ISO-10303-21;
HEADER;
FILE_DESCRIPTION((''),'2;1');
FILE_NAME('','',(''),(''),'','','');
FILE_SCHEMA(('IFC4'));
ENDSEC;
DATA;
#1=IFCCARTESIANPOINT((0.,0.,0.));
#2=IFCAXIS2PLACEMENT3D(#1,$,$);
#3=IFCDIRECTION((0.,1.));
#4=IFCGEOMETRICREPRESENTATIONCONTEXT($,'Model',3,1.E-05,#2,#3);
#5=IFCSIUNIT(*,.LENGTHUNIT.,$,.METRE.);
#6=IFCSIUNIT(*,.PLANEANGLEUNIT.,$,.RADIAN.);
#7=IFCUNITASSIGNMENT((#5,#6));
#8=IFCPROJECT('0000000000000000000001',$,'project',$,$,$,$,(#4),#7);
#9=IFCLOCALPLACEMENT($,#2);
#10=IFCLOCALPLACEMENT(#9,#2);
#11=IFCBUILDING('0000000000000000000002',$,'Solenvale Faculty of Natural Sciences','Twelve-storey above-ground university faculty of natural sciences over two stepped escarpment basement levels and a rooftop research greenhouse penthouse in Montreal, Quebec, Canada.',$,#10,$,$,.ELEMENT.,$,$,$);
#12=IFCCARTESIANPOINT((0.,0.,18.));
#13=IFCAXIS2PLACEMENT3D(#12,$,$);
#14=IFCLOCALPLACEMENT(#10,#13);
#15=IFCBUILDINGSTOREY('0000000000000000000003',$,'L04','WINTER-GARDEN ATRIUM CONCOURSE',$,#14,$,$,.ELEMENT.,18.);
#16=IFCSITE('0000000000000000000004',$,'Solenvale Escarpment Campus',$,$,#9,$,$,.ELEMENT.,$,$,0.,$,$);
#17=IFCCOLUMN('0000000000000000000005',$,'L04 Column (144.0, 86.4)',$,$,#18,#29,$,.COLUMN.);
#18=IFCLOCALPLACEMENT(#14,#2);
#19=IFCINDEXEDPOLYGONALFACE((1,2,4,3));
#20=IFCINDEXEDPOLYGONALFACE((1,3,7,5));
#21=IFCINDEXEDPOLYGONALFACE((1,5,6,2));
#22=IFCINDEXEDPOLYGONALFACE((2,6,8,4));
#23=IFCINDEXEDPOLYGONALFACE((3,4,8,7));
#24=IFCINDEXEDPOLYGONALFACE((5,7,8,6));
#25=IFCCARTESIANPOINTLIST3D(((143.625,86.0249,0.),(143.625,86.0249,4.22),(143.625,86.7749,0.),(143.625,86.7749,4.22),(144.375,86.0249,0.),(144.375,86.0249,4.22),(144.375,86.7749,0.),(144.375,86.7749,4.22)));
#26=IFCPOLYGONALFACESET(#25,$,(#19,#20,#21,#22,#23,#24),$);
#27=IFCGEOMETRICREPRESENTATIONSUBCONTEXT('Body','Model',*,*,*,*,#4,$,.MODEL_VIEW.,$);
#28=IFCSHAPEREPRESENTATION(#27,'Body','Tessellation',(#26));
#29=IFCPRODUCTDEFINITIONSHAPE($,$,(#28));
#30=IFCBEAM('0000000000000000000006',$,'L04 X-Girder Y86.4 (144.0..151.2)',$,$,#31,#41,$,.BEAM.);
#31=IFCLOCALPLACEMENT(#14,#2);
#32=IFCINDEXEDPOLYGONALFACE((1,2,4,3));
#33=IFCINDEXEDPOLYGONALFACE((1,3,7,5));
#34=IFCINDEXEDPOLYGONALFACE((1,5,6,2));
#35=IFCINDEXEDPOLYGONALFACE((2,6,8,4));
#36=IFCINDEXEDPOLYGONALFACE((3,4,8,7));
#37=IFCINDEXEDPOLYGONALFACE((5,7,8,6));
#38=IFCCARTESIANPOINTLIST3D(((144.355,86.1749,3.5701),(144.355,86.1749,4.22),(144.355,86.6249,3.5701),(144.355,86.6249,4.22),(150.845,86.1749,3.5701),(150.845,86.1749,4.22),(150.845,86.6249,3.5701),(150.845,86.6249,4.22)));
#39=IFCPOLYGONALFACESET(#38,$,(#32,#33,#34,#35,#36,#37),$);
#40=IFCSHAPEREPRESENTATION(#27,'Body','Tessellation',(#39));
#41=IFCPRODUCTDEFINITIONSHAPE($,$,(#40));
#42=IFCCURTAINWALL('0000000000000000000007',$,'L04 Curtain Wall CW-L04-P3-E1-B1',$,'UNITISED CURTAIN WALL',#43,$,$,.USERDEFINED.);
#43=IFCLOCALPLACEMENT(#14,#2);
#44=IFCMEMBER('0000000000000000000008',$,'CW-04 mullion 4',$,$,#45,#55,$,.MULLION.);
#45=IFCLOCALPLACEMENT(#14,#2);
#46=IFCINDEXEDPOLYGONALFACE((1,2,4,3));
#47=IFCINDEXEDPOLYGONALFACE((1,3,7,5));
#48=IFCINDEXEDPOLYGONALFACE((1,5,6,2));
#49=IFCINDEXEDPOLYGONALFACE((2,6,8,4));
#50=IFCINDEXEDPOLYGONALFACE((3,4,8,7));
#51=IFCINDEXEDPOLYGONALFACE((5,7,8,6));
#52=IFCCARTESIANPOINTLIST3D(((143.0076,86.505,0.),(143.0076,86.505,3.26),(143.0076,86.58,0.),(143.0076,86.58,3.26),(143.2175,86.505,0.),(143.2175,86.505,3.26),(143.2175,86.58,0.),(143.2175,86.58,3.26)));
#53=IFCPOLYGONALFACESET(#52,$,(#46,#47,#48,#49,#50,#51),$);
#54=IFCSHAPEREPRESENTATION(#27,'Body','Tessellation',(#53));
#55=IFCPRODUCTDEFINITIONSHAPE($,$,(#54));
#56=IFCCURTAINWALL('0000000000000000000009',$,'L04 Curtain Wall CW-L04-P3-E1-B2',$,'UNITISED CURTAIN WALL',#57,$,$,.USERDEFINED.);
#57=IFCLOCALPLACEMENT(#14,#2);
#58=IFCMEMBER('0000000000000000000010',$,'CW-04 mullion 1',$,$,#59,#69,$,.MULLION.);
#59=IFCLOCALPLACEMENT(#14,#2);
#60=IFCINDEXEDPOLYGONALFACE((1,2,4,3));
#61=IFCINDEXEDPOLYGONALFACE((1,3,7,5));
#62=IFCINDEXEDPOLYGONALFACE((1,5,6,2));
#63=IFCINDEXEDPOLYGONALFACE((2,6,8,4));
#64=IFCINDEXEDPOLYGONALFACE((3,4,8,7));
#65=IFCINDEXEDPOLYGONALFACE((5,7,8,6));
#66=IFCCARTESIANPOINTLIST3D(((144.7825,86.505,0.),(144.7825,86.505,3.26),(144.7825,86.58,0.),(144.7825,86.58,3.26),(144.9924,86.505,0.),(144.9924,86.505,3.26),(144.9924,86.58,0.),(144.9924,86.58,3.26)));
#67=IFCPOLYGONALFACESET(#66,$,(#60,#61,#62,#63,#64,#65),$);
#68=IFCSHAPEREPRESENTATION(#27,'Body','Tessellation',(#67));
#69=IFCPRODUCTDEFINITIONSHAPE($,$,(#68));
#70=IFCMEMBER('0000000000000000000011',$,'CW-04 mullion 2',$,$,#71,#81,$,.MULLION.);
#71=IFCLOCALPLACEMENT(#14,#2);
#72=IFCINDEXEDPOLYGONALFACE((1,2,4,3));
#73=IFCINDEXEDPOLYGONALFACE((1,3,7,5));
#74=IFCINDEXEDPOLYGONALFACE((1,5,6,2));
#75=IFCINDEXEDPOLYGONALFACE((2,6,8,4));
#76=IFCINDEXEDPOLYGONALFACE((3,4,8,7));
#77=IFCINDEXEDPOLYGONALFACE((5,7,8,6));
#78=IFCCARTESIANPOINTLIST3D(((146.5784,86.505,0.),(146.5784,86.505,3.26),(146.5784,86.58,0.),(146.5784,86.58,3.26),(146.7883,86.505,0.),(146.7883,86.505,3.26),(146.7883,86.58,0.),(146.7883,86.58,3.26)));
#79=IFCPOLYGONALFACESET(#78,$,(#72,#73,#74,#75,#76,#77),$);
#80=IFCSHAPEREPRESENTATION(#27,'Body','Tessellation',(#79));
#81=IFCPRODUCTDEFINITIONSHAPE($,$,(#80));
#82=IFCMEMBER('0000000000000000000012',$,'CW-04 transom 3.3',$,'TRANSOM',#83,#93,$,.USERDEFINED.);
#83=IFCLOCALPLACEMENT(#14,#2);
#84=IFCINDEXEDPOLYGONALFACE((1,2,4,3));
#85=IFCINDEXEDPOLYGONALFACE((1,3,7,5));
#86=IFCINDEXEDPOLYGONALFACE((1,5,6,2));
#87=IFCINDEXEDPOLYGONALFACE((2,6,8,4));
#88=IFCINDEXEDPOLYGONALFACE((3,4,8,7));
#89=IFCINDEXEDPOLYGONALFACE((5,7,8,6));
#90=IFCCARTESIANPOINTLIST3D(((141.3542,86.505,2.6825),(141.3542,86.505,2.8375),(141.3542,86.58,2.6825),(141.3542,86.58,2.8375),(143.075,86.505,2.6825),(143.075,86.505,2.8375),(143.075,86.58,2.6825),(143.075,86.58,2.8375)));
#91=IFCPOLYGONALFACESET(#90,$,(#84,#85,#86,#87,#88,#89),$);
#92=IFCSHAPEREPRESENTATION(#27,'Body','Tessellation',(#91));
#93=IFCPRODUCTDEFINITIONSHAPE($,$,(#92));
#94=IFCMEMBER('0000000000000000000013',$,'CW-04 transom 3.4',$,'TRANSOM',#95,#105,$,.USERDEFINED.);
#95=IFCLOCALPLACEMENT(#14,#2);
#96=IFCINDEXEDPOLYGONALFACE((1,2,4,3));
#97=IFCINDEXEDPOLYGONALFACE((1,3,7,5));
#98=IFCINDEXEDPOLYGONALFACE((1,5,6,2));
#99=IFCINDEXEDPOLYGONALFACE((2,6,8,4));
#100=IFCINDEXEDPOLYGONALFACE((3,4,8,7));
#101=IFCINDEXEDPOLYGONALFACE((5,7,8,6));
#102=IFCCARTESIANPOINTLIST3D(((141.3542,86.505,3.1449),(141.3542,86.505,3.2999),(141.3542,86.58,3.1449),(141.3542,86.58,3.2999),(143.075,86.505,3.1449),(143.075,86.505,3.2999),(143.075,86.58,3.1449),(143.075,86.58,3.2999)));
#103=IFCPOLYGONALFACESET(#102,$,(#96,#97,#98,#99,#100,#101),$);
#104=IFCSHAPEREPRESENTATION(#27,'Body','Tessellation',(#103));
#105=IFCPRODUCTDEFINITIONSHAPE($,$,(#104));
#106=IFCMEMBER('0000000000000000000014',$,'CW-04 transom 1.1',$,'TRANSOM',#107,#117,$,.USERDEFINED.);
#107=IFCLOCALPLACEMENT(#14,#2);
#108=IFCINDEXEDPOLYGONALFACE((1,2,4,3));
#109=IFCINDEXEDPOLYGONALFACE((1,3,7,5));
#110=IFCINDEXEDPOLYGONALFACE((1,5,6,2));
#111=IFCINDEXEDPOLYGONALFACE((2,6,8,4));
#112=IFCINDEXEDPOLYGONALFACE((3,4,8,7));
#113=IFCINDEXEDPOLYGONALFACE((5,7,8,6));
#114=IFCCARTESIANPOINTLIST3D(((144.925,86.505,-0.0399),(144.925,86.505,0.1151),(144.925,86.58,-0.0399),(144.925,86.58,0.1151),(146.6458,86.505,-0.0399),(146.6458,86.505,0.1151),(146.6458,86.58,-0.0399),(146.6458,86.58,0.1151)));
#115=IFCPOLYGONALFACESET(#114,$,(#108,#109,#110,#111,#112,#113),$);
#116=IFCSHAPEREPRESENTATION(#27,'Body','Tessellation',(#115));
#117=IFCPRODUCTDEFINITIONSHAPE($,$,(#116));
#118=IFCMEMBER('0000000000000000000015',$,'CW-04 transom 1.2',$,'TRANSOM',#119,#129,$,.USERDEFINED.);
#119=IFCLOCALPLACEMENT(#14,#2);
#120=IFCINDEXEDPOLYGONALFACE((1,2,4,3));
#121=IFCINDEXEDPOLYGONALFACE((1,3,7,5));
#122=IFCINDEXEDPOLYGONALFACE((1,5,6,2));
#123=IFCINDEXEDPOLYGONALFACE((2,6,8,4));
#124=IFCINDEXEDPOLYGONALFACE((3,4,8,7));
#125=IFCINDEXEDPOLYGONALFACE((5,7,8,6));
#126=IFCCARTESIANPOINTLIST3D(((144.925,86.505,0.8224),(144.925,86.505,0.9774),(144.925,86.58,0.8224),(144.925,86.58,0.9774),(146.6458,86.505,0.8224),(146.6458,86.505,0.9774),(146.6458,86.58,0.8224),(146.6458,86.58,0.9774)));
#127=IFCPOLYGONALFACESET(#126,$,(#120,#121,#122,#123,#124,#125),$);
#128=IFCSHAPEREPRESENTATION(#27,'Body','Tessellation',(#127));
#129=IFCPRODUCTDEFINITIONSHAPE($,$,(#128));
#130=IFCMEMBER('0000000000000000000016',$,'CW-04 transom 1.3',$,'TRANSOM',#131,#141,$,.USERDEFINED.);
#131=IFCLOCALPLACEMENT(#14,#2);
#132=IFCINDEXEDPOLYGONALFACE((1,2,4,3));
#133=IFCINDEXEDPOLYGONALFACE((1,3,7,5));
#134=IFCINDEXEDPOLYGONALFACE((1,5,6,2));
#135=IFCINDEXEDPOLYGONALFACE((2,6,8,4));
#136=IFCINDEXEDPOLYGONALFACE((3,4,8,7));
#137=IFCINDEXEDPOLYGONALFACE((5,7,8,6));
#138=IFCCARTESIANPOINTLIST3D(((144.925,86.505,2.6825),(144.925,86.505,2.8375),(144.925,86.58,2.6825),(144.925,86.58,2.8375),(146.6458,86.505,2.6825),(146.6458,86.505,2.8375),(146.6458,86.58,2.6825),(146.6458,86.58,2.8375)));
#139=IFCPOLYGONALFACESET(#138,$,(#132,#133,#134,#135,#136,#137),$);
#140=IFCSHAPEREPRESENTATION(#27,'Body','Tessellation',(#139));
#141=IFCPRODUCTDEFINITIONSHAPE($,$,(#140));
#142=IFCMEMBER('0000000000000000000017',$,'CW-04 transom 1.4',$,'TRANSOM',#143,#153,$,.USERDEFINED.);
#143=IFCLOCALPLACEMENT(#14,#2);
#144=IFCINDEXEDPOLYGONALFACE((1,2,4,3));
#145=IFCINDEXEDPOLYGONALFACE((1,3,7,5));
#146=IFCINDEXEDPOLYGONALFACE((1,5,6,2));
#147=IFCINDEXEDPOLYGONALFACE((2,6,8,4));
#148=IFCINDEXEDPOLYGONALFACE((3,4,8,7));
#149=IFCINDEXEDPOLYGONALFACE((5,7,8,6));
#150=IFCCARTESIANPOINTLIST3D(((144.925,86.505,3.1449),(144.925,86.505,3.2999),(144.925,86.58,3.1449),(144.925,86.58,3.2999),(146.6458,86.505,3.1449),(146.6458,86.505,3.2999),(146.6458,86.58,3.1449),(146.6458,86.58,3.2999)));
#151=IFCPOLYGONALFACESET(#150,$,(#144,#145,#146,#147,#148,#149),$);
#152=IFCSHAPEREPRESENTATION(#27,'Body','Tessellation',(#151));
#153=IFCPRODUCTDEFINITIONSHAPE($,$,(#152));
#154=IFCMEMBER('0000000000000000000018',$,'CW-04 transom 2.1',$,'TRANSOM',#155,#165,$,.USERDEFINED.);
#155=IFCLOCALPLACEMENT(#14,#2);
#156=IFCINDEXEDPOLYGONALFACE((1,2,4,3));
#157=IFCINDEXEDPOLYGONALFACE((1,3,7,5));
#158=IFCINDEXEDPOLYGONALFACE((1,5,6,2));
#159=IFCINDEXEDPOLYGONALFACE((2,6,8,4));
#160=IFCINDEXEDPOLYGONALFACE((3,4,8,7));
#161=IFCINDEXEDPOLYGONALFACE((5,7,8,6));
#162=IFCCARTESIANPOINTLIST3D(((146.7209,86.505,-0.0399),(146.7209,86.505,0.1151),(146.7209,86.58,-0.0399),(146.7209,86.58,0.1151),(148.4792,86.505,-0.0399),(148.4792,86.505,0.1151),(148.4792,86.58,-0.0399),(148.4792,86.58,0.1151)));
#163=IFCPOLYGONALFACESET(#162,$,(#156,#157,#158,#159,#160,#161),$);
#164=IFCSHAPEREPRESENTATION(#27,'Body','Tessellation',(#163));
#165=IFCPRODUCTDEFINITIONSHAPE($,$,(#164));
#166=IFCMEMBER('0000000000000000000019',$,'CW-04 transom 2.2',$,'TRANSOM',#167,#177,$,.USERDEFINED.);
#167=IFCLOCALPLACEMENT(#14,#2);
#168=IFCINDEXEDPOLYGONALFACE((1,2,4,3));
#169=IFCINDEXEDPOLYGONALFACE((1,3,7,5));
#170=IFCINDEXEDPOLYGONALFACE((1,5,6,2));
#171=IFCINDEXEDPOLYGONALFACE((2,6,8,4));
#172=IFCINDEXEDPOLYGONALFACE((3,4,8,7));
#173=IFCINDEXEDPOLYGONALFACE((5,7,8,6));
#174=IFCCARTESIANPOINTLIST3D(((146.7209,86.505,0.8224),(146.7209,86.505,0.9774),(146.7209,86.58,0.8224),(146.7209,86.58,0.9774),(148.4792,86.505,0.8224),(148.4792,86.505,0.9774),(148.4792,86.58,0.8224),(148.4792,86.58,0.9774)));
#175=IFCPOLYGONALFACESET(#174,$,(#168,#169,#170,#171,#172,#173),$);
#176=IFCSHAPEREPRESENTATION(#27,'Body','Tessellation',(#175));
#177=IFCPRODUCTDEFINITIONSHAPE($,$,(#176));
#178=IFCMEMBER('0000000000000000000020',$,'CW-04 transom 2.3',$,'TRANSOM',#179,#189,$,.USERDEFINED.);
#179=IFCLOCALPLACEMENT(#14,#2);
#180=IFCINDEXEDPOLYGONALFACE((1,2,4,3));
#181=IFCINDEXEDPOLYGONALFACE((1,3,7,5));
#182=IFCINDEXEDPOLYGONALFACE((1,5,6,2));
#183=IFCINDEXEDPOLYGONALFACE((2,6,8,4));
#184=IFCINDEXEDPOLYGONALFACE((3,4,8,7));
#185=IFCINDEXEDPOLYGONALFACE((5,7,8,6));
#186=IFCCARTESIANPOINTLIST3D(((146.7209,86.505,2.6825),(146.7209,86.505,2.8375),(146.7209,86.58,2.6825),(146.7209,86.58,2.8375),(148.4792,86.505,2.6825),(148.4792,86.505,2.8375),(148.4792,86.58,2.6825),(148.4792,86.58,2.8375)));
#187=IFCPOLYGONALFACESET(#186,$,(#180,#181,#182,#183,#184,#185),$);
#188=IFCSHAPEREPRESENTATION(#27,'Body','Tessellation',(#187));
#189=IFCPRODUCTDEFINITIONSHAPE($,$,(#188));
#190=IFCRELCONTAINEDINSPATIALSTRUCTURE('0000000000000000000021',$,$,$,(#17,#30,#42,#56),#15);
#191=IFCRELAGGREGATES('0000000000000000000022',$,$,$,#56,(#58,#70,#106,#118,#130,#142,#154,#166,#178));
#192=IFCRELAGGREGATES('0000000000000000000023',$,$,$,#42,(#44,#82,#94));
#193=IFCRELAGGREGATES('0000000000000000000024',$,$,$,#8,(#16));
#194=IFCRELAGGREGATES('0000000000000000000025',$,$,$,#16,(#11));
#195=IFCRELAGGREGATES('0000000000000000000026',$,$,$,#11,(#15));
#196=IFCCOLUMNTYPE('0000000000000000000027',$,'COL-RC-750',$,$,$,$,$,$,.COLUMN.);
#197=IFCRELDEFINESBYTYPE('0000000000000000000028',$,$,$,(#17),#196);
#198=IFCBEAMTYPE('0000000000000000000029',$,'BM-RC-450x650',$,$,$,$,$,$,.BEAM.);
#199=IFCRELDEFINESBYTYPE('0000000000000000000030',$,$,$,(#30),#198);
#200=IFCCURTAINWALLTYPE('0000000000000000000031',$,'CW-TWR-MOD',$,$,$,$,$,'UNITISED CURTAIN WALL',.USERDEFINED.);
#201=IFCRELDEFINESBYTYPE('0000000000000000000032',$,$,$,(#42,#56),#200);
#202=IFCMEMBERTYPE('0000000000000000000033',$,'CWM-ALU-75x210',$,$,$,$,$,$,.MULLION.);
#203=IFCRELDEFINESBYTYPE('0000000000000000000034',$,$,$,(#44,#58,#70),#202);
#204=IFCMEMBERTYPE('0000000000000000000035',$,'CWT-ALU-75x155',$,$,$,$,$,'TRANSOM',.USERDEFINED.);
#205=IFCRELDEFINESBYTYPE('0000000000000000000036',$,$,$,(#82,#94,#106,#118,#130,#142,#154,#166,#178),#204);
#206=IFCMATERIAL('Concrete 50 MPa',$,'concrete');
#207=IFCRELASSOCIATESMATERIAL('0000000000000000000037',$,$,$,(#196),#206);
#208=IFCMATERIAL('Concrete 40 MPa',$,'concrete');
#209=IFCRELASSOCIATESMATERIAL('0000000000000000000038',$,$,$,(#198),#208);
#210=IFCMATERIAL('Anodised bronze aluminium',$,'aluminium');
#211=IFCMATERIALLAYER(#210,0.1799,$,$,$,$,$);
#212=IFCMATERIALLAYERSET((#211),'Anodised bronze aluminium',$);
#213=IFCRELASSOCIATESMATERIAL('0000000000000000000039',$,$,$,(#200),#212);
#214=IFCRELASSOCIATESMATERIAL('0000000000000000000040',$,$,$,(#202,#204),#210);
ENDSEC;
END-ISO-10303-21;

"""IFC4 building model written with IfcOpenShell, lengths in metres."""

from ifc_helpers import new_model, si_unit, direction, frame, origin, origin_2d, place, context, subcontext, project, spatial, rectangle, extrude, material, layer, layer_set, material_profile, profile_set, type_object, element, aggregate, save


model = new_model("IFC4")

# Units and contexts
model_context = context("Model", 3, precision=1e-05, world=origin(), true_north=direction((0.0, 1.0)))
body_context = subcontext(model_context, "Body", "Model", "MODEL_VIEW")
ifc_project = project(units=[si_unit("LENGTHUNIT", "METRE"), si_unit("PLANEANGLEUNIT", "RADIAN")], contexts=[model_context])

# Site, building, storey
site_placement = place(None, origin())
site = spatial("IfcSite", under=ifc_project, at=site_placement, Name="Solenvale Escarpment Campus", CompositionType="ELEMENT", RefElevation=0.0)
building_placement = place(site_placement, origin())
building = spatial("IfcBuilding", under=site, at=building_placement, Name="Solenvale Faculty of Natural Sciences", Description="Twelve-storey above-ground university faculty of natural sciences over two stepped escarpment basement levels and a rooftop research greenhouse penthouse in Montreal, Quebec, Canada.", CompositionType="ELEMENT")
storey_placement = place(building_placement, frame((0.0, 0.0, 18.0)))
storey = spatial("IfcBuildingStorey", under=building, at=storey_placement, Name="L04", Description="WINTER-GARDEN ATRIUM CONCOURSE", CompositionType="ELEMENT", Elevation=18.0)

# Column
ifc_material_1 = material(Name="Concrete 50 MPa", Category="concrete")
ifc_material_profile_1 = material_profile(ifc_material_1, rectangle(XDim=0.75, YDim=0.75, at=origin_2d()), Name="RC-COL-750x750")
ifc_profile_set_1 = profile_set([ifc_material_profile_1], Name="Concrete 50 MPa")
column_type = type_object("IfcColumnType", Name="COL-RC-750", PredefinedType="COLUMN", material=ifc_profile_set_1)
column_placement = place(storey_placement, frame((144.0, 86.3999, 0.0), z_axis=(0.0, 0.0, 1.0), x_axis=(1.0, 0.0, 0.0)))
element("IfcColumn", 1, at=column_placement, inside=storey, type_object=column_type, Name="L04 Column (144.0, 86.4)", PredefinedType="COLUMN", context=body_context, shape_type="SweptSolid", body=[
    extrude(rectangle(XDim=0.75, YDim=0.75, at=origin_2d()), origin(), (0.0, 0.0, 1.0), 4.22),
])

# Beam
ifc_material_2 = material(Name="Concrete 40 MPa", Category="concrete")
ifc_material_profile_2 = material_profile(ifc_material_2, rectangle(XDim=0.45, YDim=0.6499, at=origin_2d()), Name="RC-BM-450x650")
ifc_profile_set_2 = profile_set([ifc_material_profile_2], Name="Concrete 40 MPa")
beam_type = type_object("IfcBeamType", Name="BM-RC-450x650", PredefinedType="BEAM", material=ifc_profile_set_2)
beam_placement = place(storey_placement, frame((144.355, 86.3999, 3.895), z_axis=(1.0, 0.0, 0.0), x_axis=(0.0, 1.0, 0.0)))
element("IfcBeam", 2, at=beam_placement, inside=storey, type_object=beam_type, Name="L04 X-Girder Y86.4 (144.0..151.2)", PredefinedType="BEAM", context=body_context, shape_type="SweptSolid", body=[
    extrude(rectangle(XDim=0.45, YDim=0.6499, at=origin_2d()), origin(), (0.0, 0.0, 1.0), 6.49),
])

# Curtain wall, member
ifc_material_3 = material(Name="Anodised bronze aluminium", Category="aluminium")
ifc_layer_1 = layer(ifc_material_3, 0.1799)
ifc_layer_set_1 = layer_set([ifc_layer_1], Name="Anodised bronze aluminium")
curtain_wall_type = type_object("IfcCurtainWallType", Name="CW-TWR-MOD", ElementType="UNITISED CURTAIN WALL", PredefinedType="USERDEFINED", material=ifc_layer_set_1)
curtain_wall_1_placement = place(storey_placement, origin())
curtain_wall_1 = element("IfcCurtainWall", 3, at=curtain_wall_1_placement, inside=storey, type_object=curtain_wall_type, Name="L04 Curtain Wall CW-L04-P3-E1-B1", ObjectType="UNITISED CURTAIN WALL", PredefinedType="USERDEFINED")
ifc_material_profile_3 = material_profile(ifc_material_3, rectangle(XDim=0.075, YDim=0.21, at=origin_2d()), Name="ALU-MUL-75x210")
ifc_profile_set_3 = profile_set([ifc_material_profile_3], Name="Anodised bronze aluminium")
member_type_1 = type_object("IfcMemberType", Name="CWM-ALU-75x210", PredefinedType="MULLION", material=ifc_profile_set_3)
member_1_placement = place(storey_placement, frame((143.1125, 86.5425, 0.0), z_axis=(0.0, 0.0, 1.0), x_axis=(0.0, 1.0, 0.0)))
member_1 = element("IfcMember", 4, at=member_1_placement, type_object=member_type_1, Name="CW-04 mullion 4", PredefinedType="MULLION", context=body_context, shape_type="SweptSolid", body=[
    extrude(rectangle(XDim=0.075, YDim=0.21, at=origin_2d()), origin(), (0.0, 0.0, 1.0), 3.26),
])

# Curtain wall, members
curtain_wall_2_placement = place(storey_placement, origin())
curtain_wall_2 = element("IfcCurtainWall", 5, at=curtain_wall_2_placement, inside=storey, type_object=curtain_wall_type, Name="L04 Curtain Wall CW-L04-P3-E1-B2", ObjectType="UNITISED CURTAIN WALL", PredefinedType="USERDEFINED")
member_2_placement = place(storey_placement, frame((144.8875, 86.5425, 0.0), z_axis=(0.0, 0.0, 1.0), x_axis=(0.0, 1.0, 0.0)))
member_2 = element("IfcMember", 6, at=member_2_placement, type_object=member_type_1, Name="CW-04 mullion 1", PredefinedType="MULLION", context=body_context, shape_type="SweptSolid", body=[
    extrude(rectangle(XDim=0.075, YDim=0.21, at=origin_2d()), origin(), (0.0, 0.0, 1.0), 3.26),
])
member_3_placement = place(storey_placement, frame((146.6833, 86.5425, 0.0), z_axis=(0.0, 0.0, 1.0), x_axis=(0.0, 1.0, 0.0)))
member_3 = element("IfcMember", 7, at=member_3_placement, type_object=member_type_1, Name="CW-04 mullion 2", PredefinedType="MULLION", context=body_context, shape_type="SweptSolid", body=[
    extrude(rectangle(XDim=0.075, YDim=0.21, at=origin_2d()), origin(), (0.0, 0.0, 1.0), 3.26),
])

# Members
ifc_material_profile_4 = material_profile(ifc_material_3, rectangle(XDim=0.075, YDim=0.155, at=origin_2d()), Name="ALU-TRN-75x155")
ifc_profile_set_4 = profile_set([ifc_material_profile_4], Name="Anodised bronze aluminium")
member_type_2 = type_object("IfcMemberType", Name="CWT-ALU-75x155", ElementType="TRANSOM", PredefinedType="USERDEFINED", material=ifc_profile_set_4)
member_4_placement = place(storey_placement, frame((141.3542, 86.5425, 2.76), z_axis=(1.0, 0.0, 0.0), x_axis=(0.0, 1.0, 0.0)))
member_4 = element("IfcMember", 8, at=member_4_placement, type_object=member_type_2, Name="CW-04 transom 3.3", ObjectType="TRANSOM", PredefinedType="USERDEFINED", context=body_context, shape_type="SweptSolid", body=[
    extrude(rectangle(XDim=0.075, YDim=0.155, at=origin_2d()), origin(), (0.0, 0.0, 1.0), 1.7207),
])
member_5_placement = place(storey_placement, frame((141.3542, 86.5425, 3.2224), z_axis=(1.0, 0.0, 0.0), x_axis=(0.0, 1.0, 0.0)))
member_5 = element("IfcMember", 9, at=member_5_placement, type_object=member_type_2, Name="CW-04 transom 3.4", ObjectType="TRANSOM", PredefinedType="USERDEFINED", context=body_context, shape_type="SweptSolid", body=[
    extrude(rectangle(XDim=0.075, YDim=0.155, at=origin_2d()), origin(), (0.0, 0.0, 1.0), 1.7207),
])
member_6_placement = place(storey_placement, frame((144.925, 86.5425, 0.0376), z_axis=(1.0, 0.0, 0.0), x_axis=(0.0, 1.0, 0.0)))
member_6 = element("IfcMember", 10, at=member_6_placement, type_object=member_type_2, Name="CW-04 transom 1.1", ObjectType="TRANSOM", PredefinedType="USERDEFINED", context=body_context, shape_type="SweptSolid", body=[
    extrude(rectangle(XDim=0.075, YDim=0.155, at=origin_2d()), origin(), (0.0, 0.0, 1.0), 1.7207),
])
member_7_placement = place(storey_placement, frame((144.925, 86.5425, 0.8999), z_axis=(1.0, 0.0, 0.0), x_axis=(0.0, 1.0, 0.0)))
member_7 = element("IfcMember", 11, at=member_7_placement, type_object=member_type_2, Name="CW-04 transom 1.2", ObjectType="TRANSOM", PredefinedType="USERDEFINED", context=body_context, shape_type="SweptSolid", body=[
    extrude(rectangle(XDim=0.075, YDim=0.155, at=origin_2d()), origin(), (0.0, 0.0, 1.0), 1.7207),
])
member_8_placement = place(storey_placement, frame((144.925, 86.5425, 2.76), z_axis=(1.0, 0.0, 0.0), x_axis=(0.0, 1.0, 0.0)))
member_8 = element("IfcMember", 12, at=member_8_placement, type_object=member_type_2, Name="CW-04 transom 1.3", ObjectType="TRANSOM", PredefinedType="USERDEFINED", context=body_context, shape_type="SweptSolid", body=[
    extrude(rectangle(XDim=0.075, YDim=0.155, at=origin_2d()), origin(), (0.0, 0.0, 1.0), 1.7207),
])
member_9_placement = place(storey_placement, frame((144.925, 86.5425, 3.2224), z_axis=(1.0, 0.0, 0.0), x_axis=(0.0, 1.0, 0.0)))
member_9 = element("IfcMember", 13, at=member_9_placement, type_object=member_type_2, Name="CW-04 transom 1.4", ObjectType="TRANSOM", PredefinedType="USERDEFINED", context=body_context, shape_type="SweptSolid", body=[
    extrude(rectangle(XDim=0.075, YDim=0.155, at=origin_2d()), origin(), (0.0, 0.0, 1.0), 1.7207),
])
member_10_placement = place(storey_placement, frame((146.7209, 86.5425, 0.0376), z_axis=(1.0, 0.0, 0.0), x_axis=(0.0, 1.0, 0.0)))
member_10 = element("IfcMember", 14, at=member_10_placement, type_object=member_type_2, Name="CW-04 transom 2.1", ObjectType="TRANSOM", PredefinedType="USERDEFINED", context=body_context, shape_type="SweptSolid", body=[
    extrude(rectangle(XDim=0.075, YDim=0.155, at=origin_2d()), origin(), (0.0, 0.0, 1.0), 1.7583),
])
member_11_placement = place(storey_placement, frame((146.7209, 86.5425, 0.8999), z_axis=(1.0, 0.0, 0.0), x_axis=(0.0, 1.0, 0.0)))
member_11 = element("IfcMember", 15, at=member_11_placement, type_object=member_type_2, Name="CW-04 transom 2.2", ObjectType="TRANSOM", PredefinedType="USERDEFINED", context=body_context, shape_type="SweptSolid", body=[
    extrude(rectangle(XDim=0.075, YDim=0.155, at=origin_2d()), origin(), (0.0, 0.0, 1.0), 1.7583),
])
member_12_placement = place(storey_placement, frame((146.7209, 86.5425, 2.76), z_axis=(1.0, 0.0, 0.0), x_axis=(0.0, 1.0, 0.0)))
member_12 = element("IfcMember", 16, at=member_12_placement, type_object=member_type_2, Name="CW-04 transom 2.3", ObjectType="TRANSOM", PredefinedType="USERDEFINED", context=body_context, shape_type="SweptSolid", body=[
    extrude(rectangle(XDim=0.075, YDim=0.155, at=origin_2d()), origin(), (0.0, 0.0, 1.0), 1.7583),
])

aggregate(curtain_wall_2, [member_2, member_3, member_6, member_7, member_8, member_9, member_10, member_11, member_12])
aggregate(curtain_wall_1, [member_1, member_4, member_5])

save(model, "model.ifc")
